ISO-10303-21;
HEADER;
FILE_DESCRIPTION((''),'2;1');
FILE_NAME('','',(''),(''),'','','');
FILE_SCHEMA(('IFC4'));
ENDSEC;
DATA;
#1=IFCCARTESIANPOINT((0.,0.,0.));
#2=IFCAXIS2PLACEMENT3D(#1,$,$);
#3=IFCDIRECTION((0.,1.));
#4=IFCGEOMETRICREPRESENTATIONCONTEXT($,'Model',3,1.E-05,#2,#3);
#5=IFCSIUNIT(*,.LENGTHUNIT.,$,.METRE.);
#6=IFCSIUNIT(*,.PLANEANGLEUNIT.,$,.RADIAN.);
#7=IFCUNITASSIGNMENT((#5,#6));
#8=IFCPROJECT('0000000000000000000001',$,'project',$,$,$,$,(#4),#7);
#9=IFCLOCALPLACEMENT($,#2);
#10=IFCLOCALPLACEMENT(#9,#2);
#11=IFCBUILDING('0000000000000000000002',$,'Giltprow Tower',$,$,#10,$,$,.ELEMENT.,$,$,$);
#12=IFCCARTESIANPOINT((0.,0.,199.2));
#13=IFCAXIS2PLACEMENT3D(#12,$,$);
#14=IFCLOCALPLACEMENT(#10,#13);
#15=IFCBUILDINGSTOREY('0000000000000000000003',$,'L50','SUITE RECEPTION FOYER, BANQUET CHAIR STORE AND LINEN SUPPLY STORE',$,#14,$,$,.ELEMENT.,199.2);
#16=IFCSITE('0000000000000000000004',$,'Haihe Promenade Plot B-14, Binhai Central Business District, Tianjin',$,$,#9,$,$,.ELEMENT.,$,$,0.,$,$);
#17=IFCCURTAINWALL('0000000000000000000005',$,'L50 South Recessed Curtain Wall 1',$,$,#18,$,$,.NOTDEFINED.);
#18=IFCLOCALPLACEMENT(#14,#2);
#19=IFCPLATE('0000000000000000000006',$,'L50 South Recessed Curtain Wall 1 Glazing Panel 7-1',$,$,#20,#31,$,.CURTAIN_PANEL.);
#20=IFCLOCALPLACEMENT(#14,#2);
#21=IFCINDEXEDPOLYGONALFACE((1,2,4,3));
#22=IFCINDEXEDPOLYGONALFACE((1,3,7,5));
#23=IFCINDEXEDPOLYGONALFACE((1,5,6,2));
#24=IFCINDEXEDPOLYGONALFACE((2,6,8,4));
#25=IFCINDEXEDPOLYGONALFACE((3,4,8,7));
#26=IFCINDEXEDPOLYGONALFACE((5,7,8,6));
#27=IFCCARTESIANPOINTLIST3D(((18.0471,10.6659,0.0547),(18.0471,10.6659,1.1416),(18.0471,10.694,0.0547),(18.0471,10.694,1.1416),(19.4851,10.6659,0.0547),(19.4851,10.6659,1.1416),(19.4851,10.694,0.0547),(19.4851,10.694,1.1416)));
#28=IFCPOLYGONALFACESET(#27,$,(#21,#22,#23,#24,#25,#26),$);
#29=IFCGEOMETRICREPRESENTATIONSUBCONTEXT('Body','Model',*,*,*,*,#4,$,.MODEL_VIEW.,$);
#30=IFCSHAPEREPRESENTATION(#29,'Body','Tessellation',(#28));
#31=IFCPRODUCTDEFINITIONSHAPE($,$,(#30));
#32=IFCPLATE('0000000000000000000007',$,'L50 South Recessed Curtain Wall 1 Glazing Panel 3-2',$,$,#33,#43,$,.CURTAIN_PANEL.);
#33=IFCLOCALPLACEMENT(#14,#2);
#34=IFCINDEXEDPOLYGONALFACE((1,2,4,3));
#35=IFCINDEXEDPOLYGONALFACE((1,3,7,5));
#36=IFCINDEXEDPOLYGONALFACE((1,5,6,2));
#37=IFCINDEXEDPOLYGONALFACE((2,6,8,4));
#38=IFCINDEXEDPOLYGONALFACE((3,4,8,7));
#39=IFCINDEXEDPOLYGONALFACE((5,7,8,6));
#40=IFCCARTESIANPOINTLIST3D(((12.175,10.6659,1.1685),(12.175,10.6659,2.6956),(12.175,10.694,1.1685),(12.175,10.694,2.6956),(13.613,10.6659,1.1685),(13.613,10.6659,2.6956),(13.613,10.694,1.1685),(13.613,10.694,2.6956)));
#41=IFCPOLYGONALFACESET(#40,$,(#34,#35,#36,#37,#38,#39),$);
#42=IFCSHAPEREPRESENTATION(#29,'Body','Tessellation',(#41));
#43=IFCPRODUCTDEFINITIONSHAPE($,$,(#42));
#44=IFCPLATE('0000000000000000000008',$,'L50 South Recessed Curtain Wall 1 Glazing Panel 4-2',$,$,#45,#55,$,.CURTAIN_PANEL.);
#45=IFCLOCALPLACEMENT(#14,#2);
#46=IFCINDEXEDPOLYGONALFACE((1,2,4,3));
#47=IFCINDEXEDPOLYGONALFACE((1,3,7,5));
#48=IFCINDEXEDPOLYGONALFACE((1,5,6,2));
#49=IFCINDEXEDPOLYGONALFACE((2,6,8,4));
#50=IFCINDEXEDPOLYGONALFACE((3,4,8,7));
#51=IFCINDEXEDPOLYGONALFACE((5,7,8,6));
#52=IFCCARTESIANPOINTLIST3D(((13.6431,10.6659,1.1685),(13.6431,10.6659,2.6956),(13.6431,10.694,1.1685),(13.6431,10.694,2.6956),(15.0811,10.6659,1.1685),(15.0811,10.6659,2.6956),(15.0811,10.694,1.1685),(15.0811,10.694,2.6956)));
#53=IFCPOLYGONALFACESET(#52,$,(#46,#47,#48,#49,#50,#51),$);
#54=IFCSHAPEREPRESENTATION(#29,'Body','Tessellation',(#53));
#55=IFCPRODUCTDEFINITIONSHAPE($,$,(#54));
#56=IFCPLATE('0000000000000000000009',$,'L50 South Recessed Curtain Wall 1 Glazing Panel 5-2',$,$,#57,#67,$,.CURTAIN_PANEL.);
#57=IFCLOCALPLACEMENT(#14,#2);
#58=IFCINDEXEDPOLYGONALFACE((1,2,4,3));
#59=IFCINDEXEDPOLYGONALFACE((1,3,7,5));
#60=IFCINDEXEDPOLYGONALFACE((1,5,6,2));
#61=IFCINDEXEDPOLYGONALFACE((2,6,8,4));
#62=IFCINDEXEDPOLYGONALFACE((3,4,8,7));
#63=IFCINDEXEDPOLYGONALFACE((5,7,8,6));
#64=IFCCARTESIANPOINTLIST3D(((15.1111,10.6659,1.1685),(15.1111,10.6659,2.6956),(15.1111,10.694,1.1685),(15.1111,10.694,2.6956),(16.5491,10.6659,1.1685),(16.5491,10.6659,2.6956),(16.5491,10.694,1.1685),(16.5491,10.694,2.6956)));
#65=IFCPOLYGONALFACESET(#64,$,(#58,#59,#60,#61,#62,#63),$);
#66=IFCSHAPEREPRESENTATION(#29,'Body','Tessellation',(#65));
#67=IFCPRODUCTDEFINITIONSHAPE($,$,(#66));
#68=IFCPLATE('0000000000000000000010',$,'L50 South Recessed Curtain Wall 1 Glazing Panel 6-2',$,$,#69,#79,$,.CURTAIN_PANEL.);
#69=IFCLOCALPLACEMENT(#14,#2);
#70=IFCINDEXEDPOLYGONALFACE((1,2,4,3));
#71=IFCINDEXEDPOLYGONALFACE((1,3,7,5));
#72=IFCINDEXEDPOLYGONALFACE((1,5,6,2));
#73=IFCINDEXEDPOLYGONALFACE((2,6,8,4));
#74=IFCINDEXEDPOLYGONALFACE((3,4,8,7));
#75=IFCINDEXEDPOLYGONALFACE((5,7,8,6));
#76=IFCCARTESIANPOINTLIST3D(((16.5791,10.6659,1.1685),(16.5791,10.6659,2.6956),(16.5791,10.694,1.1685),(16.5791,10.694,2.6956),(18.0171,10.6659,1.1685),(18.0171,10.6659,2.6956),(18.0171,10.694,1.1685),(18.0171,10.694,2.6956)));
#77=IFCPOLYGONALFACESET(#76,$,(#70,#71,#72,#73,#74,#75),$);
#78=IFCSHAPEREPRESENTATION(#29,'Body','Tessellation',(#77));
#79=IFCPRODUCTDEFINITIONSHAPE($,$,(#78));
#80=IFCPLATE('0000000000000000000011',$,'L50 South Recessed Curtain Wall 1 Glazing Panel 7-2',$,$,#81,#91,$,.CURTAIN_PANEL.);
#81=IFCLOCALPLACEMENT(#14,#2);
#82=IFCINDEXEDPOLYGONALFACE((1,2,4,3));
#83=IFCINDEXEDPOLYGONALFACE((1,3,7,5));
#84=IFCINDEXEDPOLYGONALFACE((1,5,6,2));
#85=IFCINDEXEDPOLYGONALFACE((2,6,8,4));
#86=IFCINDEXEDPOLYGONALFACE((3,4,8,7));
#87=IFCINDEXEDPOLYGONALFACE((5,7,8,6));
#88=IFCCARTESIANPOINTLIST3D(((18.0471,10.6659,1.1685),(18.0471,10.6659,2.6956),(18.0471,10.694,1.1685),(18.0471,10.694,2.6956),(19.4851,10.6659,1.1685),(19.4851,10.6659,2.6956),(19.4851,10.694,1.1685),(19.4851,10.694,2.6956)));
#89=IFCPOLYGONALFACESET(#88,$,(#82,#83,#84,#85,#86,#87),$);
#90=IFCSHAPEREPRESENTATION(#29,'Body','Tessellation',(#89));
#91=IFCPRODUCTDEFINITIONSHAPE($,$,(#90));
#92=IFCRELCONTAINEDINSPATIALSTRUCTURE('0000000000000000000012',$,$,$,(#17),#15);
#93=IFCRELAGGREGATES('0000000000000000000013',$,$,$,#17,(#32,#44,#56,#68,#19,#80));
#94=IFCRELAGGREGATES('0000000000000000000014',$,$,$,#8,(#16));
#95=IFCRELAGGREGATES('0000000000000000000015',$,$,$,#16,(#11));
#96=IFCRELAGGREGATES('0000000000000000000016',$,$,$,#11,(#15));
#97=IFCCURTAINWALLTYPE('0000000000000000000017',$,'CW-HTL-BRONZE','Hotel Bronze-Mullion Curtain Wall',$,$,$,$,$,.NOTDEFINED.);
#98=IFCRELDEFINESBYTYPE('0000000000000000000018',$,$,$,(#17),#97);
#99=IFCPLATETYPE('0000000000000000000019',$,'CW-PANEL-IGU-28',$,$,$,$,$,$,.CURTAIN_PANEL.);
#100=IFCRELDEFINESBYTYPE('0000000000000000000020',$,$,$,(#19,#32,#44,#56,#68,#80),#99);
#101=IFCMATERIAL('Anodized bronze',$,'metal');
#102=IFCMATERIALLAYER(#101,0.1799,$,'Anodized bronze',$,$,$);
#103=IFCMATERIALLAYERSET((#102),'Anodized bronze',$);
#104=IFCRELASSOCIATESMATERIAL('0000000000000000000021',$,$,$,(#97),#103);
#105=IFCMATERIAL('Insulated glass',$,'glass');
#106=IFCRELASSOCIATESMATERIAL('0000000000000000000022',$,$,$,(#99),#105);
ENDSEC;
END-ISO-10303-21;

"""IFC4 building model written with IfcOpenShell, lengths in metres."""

from ifc_helpers import new_model, si_unit, direction, frame, origin, origin_2d, place, context, subcontext, project, spatial, rectangle, extrude, source, transform, mapped, material, layer, layer_set, type_object, element, aggregate, save


model = new_model("IFC4")

# Units and contexts
model_context = context("Model", 3, precision=1e-05, world=origin(), true_north=direction((0.0, 1.0)))
body_context = subcontext(model_context, "Body", "Model", "MODEL_VIEW")
ifc_project = project(units=[si_unit("LENGTHUNIT", "METRE"), si_unit("PLANEANGLEUNIT", "RADIAN")], contexts=[model_context])

# Site, building, storey
site_placement = place(None, origin())
site = spatial("IfcSite", under=ifc_project, at=site_placement, Name="Haihe Promenade Plot B-14, Binhai Central Business District, Tianjin", CompositionType="ELEMENT", RefElevation=0.0)
building_placement = place(site_placement, origin())
building = spatial("IfcBuilding", under=site, at=building_placement, Name="Giltprow Tower", CompositionType="ELEMENT")
storey_placement = place(building_placement, frame((0.0, 0.0, 199.2)))
storey = spatial("IfcBuildingStorey", under=building, at=storey_placement, Name="L50", Description="SUITE RECEPTION FOYER, BANQUET CHAIR STORE AND LINEN SUPPLY STORE", CompositionType="ELEMENT", Elevation=199.2)

# Curtain wall
ifc_material_1 = material(Name="Anodized bronze", Category="metal")
ifc_layer = layer(ifc_material_1, 0.1799, Name="Anodized bronze")
ifc_layer_set = layer_set([ifc_layer], Name="Anodized bronze")
curtain_wall_type = type_object("IfcCurtainWallType", Name="CW-HTL-BRONZE", Description="Hotel Bronze-Mullion Curtain Wall", PredefinedType="NOTDEFINED", material=ifc_layer_set)
curtain_wall_placement = place(storey_placement, origin())
curtain_wall = element("IfcCurtainWall", 1, at=curtain_wall_placement, inside=storey, type_object=curtain_wall_type, Name="L50 South Recessed Curtain Wall 1", PredefinedType="NOTDEFINED")

# Plates
ifc_material_2 = material(Name="Insulated glass", Category="glass")
plate_type_1 = type_object("IfcPlateType", Name="CW-PANEL-IGU-28", PredefinedType="CURTAIN_PANEL", material=ifc_material_2)
shared_shape_1 = source(origin(), body_context, "Body", "SweptSolid", [
    extrude(rectangle(XDim=1.438, YDim=0.0281, at=origin_2d()), origin(), (0.0, 0.0, 1.0), 1.0869),
])
plate_1_placement = place(storey_placement, frame((18.7661, 10.6799, 0.0547), z_axis=(0.0, 0.0, 1.0), x_axis=(1.0, 0.0, 0.0)))
plate_1 = element("IfcPlate", 2, at=plate_1_placement, type_object=plate_type_1, Name="L50 South Recessed Curtain Wall 1 Glazing Panel 7-1", PredefinedType="CURTAIN_PANEL", context=body_context, shape_type="MappedRepresentation", body=[
    mapped(shared_shape_1, transform((0.0, 0.0, 0.0), x_axis=(1.0, 0.0, 0.0), y_axis=(0.0, 1.0, 0.0), z_axis=(0.0, 0.0, 1.0), scale=1.0)),
])
shared_shape_2 = source(origin(), body_context, "Body", "SweptSolid", [
    extrude(rectangle(XDim=1.438, YDim=0.0281, at=origin_2d()), origin(), (0.0, 0.0, 1.0), 1.5271),
])
plate_2_placement = place(storey_placement, frame((12.894, 10.6799, 1.1685), z_axis=(0.0, 0.0, 1.0), x_axis=(1.0, 0.0, 0.0)))
plate_2 = element("IfcPlate", 3, at=plate_2_placement, type_object=plate_type_1, Name="L50 South Recessed Curtain Wall 1 Glazing Panel 3-2", PredefinedType="CURTAIN_PANEL", context=body_context, shape_type="MappedRepresentation", body=[
    mapped(shared_shape_2, transform((0.0, 0.0, 0.0), x_axis=(1.0, 0.0, 0.0), y_axis=(0.0, 1.0, 0.0), z_axis=(0.0, 0.0, 1.0), scale=1.0)),
])
plate_3_placement = place(storey_placement, frame((14.3621, 10.6799, 1.1685), z_axis=(0.0, 0.0, 1.0), x_axis=(1.0, 0.0, 0.0)))
plate_3 = element("IfcPlate", 4, at=plate_3_placement, type_object=plate_type_1, Name="L50 South Recessed Curtain Wall 1 Glazing Panel 4-2", PredefinedType="CURTAIN_PANEL", context=body_context, shape_type="MappedRepresentation", body=[
    mapped(shared_shape_2, transform((0.0, 0.0, 0.0), x_axis=(1.0, 0.0, 0.0), y_axis=(0.0, 1.0, 0.0), z_axis=(0.0, 0.0, 1.0), scale=1.0)),
])
plate_4_placement = place(storey_placement, frame((15.8301, 10.6799, 1.1685), z_axis=(0.0, 0.0, 1.0), x_axis=(1.0, 0.0, 0.0)))
plate_4 = element("IfcPlate", 5, at=plate_4_placement, type_object=plate_type_1, Name="L50 South Recessed Curtain Wall 1 Glazing Panel 5-2", PredefinedType="CURTAIN_PANEL", context=body_context, shape_type="MappedRepresentation", body=[
    mapped(shared_shape_2, transform((0.0, 0.0, 0.0), x_axis=(1.0, 0.0, 0.0), y_axis=(0.0, 1.0, 0.0), z_axis=(0.0, 0.0, 1.0), scale=1.0)),
])
plate_5_placement = place(storey_placement, frame((17.2981, 10.6799, 1.1685), z_axis=(0.0, 0.0, 1.0), x_axis=(1.0, 0.0, 0.0)))
plate_5 = element("IfcPlate", 6, at=plate_5_placement, type_object=plate_type_1, Name="L50 South Recessed Curtain Wall 1 Glazing Panel 6-2", PredefinedType="CURTAIN_PANEL", context=body_context, shape_type="MappedRepresentation", body=[
    mapped(shared_shape_2, transform((0.0, 0.0, 0.0), x_axis=(1.0, 0.0, 0.0), y_axis=(0.0, 1.0, 0.0), z_axis=(0.0, 0.0, 1.0), scale=1.0)),
])
plate_6_placement = place(storey_placement, frame((18.7661, 10.6799, 1.1685), z_axis=(0.0, 0.0, 1.0), x_axis=(1.0, 0.0, 0.0)))
plate_6 = element("IfcPlate", 7, at=plate_6_placement, type_object=plate_type_1, Name="L50 South Recessed Curtain Wall 1 Glazing Panel 7-2", PredefinedType="CURTAIN_PANEL", context=body_context, shape_type="MappedRepresentation", body=[
    mapped(shared_shape_2, transform((0.0, 0.0, 0.0), x_axis=(1.0, 0.0, 0.0), y_axis=(0.0, 1.0, 0.0), z_axis=(0.0, 0.0, 1.0), scale=1.0)),
])
aggregate(curtain_wall, [plate_2, plate_3, plate_4, plate_5, plate_1, plate_6])

save(model, "model.ifc")
